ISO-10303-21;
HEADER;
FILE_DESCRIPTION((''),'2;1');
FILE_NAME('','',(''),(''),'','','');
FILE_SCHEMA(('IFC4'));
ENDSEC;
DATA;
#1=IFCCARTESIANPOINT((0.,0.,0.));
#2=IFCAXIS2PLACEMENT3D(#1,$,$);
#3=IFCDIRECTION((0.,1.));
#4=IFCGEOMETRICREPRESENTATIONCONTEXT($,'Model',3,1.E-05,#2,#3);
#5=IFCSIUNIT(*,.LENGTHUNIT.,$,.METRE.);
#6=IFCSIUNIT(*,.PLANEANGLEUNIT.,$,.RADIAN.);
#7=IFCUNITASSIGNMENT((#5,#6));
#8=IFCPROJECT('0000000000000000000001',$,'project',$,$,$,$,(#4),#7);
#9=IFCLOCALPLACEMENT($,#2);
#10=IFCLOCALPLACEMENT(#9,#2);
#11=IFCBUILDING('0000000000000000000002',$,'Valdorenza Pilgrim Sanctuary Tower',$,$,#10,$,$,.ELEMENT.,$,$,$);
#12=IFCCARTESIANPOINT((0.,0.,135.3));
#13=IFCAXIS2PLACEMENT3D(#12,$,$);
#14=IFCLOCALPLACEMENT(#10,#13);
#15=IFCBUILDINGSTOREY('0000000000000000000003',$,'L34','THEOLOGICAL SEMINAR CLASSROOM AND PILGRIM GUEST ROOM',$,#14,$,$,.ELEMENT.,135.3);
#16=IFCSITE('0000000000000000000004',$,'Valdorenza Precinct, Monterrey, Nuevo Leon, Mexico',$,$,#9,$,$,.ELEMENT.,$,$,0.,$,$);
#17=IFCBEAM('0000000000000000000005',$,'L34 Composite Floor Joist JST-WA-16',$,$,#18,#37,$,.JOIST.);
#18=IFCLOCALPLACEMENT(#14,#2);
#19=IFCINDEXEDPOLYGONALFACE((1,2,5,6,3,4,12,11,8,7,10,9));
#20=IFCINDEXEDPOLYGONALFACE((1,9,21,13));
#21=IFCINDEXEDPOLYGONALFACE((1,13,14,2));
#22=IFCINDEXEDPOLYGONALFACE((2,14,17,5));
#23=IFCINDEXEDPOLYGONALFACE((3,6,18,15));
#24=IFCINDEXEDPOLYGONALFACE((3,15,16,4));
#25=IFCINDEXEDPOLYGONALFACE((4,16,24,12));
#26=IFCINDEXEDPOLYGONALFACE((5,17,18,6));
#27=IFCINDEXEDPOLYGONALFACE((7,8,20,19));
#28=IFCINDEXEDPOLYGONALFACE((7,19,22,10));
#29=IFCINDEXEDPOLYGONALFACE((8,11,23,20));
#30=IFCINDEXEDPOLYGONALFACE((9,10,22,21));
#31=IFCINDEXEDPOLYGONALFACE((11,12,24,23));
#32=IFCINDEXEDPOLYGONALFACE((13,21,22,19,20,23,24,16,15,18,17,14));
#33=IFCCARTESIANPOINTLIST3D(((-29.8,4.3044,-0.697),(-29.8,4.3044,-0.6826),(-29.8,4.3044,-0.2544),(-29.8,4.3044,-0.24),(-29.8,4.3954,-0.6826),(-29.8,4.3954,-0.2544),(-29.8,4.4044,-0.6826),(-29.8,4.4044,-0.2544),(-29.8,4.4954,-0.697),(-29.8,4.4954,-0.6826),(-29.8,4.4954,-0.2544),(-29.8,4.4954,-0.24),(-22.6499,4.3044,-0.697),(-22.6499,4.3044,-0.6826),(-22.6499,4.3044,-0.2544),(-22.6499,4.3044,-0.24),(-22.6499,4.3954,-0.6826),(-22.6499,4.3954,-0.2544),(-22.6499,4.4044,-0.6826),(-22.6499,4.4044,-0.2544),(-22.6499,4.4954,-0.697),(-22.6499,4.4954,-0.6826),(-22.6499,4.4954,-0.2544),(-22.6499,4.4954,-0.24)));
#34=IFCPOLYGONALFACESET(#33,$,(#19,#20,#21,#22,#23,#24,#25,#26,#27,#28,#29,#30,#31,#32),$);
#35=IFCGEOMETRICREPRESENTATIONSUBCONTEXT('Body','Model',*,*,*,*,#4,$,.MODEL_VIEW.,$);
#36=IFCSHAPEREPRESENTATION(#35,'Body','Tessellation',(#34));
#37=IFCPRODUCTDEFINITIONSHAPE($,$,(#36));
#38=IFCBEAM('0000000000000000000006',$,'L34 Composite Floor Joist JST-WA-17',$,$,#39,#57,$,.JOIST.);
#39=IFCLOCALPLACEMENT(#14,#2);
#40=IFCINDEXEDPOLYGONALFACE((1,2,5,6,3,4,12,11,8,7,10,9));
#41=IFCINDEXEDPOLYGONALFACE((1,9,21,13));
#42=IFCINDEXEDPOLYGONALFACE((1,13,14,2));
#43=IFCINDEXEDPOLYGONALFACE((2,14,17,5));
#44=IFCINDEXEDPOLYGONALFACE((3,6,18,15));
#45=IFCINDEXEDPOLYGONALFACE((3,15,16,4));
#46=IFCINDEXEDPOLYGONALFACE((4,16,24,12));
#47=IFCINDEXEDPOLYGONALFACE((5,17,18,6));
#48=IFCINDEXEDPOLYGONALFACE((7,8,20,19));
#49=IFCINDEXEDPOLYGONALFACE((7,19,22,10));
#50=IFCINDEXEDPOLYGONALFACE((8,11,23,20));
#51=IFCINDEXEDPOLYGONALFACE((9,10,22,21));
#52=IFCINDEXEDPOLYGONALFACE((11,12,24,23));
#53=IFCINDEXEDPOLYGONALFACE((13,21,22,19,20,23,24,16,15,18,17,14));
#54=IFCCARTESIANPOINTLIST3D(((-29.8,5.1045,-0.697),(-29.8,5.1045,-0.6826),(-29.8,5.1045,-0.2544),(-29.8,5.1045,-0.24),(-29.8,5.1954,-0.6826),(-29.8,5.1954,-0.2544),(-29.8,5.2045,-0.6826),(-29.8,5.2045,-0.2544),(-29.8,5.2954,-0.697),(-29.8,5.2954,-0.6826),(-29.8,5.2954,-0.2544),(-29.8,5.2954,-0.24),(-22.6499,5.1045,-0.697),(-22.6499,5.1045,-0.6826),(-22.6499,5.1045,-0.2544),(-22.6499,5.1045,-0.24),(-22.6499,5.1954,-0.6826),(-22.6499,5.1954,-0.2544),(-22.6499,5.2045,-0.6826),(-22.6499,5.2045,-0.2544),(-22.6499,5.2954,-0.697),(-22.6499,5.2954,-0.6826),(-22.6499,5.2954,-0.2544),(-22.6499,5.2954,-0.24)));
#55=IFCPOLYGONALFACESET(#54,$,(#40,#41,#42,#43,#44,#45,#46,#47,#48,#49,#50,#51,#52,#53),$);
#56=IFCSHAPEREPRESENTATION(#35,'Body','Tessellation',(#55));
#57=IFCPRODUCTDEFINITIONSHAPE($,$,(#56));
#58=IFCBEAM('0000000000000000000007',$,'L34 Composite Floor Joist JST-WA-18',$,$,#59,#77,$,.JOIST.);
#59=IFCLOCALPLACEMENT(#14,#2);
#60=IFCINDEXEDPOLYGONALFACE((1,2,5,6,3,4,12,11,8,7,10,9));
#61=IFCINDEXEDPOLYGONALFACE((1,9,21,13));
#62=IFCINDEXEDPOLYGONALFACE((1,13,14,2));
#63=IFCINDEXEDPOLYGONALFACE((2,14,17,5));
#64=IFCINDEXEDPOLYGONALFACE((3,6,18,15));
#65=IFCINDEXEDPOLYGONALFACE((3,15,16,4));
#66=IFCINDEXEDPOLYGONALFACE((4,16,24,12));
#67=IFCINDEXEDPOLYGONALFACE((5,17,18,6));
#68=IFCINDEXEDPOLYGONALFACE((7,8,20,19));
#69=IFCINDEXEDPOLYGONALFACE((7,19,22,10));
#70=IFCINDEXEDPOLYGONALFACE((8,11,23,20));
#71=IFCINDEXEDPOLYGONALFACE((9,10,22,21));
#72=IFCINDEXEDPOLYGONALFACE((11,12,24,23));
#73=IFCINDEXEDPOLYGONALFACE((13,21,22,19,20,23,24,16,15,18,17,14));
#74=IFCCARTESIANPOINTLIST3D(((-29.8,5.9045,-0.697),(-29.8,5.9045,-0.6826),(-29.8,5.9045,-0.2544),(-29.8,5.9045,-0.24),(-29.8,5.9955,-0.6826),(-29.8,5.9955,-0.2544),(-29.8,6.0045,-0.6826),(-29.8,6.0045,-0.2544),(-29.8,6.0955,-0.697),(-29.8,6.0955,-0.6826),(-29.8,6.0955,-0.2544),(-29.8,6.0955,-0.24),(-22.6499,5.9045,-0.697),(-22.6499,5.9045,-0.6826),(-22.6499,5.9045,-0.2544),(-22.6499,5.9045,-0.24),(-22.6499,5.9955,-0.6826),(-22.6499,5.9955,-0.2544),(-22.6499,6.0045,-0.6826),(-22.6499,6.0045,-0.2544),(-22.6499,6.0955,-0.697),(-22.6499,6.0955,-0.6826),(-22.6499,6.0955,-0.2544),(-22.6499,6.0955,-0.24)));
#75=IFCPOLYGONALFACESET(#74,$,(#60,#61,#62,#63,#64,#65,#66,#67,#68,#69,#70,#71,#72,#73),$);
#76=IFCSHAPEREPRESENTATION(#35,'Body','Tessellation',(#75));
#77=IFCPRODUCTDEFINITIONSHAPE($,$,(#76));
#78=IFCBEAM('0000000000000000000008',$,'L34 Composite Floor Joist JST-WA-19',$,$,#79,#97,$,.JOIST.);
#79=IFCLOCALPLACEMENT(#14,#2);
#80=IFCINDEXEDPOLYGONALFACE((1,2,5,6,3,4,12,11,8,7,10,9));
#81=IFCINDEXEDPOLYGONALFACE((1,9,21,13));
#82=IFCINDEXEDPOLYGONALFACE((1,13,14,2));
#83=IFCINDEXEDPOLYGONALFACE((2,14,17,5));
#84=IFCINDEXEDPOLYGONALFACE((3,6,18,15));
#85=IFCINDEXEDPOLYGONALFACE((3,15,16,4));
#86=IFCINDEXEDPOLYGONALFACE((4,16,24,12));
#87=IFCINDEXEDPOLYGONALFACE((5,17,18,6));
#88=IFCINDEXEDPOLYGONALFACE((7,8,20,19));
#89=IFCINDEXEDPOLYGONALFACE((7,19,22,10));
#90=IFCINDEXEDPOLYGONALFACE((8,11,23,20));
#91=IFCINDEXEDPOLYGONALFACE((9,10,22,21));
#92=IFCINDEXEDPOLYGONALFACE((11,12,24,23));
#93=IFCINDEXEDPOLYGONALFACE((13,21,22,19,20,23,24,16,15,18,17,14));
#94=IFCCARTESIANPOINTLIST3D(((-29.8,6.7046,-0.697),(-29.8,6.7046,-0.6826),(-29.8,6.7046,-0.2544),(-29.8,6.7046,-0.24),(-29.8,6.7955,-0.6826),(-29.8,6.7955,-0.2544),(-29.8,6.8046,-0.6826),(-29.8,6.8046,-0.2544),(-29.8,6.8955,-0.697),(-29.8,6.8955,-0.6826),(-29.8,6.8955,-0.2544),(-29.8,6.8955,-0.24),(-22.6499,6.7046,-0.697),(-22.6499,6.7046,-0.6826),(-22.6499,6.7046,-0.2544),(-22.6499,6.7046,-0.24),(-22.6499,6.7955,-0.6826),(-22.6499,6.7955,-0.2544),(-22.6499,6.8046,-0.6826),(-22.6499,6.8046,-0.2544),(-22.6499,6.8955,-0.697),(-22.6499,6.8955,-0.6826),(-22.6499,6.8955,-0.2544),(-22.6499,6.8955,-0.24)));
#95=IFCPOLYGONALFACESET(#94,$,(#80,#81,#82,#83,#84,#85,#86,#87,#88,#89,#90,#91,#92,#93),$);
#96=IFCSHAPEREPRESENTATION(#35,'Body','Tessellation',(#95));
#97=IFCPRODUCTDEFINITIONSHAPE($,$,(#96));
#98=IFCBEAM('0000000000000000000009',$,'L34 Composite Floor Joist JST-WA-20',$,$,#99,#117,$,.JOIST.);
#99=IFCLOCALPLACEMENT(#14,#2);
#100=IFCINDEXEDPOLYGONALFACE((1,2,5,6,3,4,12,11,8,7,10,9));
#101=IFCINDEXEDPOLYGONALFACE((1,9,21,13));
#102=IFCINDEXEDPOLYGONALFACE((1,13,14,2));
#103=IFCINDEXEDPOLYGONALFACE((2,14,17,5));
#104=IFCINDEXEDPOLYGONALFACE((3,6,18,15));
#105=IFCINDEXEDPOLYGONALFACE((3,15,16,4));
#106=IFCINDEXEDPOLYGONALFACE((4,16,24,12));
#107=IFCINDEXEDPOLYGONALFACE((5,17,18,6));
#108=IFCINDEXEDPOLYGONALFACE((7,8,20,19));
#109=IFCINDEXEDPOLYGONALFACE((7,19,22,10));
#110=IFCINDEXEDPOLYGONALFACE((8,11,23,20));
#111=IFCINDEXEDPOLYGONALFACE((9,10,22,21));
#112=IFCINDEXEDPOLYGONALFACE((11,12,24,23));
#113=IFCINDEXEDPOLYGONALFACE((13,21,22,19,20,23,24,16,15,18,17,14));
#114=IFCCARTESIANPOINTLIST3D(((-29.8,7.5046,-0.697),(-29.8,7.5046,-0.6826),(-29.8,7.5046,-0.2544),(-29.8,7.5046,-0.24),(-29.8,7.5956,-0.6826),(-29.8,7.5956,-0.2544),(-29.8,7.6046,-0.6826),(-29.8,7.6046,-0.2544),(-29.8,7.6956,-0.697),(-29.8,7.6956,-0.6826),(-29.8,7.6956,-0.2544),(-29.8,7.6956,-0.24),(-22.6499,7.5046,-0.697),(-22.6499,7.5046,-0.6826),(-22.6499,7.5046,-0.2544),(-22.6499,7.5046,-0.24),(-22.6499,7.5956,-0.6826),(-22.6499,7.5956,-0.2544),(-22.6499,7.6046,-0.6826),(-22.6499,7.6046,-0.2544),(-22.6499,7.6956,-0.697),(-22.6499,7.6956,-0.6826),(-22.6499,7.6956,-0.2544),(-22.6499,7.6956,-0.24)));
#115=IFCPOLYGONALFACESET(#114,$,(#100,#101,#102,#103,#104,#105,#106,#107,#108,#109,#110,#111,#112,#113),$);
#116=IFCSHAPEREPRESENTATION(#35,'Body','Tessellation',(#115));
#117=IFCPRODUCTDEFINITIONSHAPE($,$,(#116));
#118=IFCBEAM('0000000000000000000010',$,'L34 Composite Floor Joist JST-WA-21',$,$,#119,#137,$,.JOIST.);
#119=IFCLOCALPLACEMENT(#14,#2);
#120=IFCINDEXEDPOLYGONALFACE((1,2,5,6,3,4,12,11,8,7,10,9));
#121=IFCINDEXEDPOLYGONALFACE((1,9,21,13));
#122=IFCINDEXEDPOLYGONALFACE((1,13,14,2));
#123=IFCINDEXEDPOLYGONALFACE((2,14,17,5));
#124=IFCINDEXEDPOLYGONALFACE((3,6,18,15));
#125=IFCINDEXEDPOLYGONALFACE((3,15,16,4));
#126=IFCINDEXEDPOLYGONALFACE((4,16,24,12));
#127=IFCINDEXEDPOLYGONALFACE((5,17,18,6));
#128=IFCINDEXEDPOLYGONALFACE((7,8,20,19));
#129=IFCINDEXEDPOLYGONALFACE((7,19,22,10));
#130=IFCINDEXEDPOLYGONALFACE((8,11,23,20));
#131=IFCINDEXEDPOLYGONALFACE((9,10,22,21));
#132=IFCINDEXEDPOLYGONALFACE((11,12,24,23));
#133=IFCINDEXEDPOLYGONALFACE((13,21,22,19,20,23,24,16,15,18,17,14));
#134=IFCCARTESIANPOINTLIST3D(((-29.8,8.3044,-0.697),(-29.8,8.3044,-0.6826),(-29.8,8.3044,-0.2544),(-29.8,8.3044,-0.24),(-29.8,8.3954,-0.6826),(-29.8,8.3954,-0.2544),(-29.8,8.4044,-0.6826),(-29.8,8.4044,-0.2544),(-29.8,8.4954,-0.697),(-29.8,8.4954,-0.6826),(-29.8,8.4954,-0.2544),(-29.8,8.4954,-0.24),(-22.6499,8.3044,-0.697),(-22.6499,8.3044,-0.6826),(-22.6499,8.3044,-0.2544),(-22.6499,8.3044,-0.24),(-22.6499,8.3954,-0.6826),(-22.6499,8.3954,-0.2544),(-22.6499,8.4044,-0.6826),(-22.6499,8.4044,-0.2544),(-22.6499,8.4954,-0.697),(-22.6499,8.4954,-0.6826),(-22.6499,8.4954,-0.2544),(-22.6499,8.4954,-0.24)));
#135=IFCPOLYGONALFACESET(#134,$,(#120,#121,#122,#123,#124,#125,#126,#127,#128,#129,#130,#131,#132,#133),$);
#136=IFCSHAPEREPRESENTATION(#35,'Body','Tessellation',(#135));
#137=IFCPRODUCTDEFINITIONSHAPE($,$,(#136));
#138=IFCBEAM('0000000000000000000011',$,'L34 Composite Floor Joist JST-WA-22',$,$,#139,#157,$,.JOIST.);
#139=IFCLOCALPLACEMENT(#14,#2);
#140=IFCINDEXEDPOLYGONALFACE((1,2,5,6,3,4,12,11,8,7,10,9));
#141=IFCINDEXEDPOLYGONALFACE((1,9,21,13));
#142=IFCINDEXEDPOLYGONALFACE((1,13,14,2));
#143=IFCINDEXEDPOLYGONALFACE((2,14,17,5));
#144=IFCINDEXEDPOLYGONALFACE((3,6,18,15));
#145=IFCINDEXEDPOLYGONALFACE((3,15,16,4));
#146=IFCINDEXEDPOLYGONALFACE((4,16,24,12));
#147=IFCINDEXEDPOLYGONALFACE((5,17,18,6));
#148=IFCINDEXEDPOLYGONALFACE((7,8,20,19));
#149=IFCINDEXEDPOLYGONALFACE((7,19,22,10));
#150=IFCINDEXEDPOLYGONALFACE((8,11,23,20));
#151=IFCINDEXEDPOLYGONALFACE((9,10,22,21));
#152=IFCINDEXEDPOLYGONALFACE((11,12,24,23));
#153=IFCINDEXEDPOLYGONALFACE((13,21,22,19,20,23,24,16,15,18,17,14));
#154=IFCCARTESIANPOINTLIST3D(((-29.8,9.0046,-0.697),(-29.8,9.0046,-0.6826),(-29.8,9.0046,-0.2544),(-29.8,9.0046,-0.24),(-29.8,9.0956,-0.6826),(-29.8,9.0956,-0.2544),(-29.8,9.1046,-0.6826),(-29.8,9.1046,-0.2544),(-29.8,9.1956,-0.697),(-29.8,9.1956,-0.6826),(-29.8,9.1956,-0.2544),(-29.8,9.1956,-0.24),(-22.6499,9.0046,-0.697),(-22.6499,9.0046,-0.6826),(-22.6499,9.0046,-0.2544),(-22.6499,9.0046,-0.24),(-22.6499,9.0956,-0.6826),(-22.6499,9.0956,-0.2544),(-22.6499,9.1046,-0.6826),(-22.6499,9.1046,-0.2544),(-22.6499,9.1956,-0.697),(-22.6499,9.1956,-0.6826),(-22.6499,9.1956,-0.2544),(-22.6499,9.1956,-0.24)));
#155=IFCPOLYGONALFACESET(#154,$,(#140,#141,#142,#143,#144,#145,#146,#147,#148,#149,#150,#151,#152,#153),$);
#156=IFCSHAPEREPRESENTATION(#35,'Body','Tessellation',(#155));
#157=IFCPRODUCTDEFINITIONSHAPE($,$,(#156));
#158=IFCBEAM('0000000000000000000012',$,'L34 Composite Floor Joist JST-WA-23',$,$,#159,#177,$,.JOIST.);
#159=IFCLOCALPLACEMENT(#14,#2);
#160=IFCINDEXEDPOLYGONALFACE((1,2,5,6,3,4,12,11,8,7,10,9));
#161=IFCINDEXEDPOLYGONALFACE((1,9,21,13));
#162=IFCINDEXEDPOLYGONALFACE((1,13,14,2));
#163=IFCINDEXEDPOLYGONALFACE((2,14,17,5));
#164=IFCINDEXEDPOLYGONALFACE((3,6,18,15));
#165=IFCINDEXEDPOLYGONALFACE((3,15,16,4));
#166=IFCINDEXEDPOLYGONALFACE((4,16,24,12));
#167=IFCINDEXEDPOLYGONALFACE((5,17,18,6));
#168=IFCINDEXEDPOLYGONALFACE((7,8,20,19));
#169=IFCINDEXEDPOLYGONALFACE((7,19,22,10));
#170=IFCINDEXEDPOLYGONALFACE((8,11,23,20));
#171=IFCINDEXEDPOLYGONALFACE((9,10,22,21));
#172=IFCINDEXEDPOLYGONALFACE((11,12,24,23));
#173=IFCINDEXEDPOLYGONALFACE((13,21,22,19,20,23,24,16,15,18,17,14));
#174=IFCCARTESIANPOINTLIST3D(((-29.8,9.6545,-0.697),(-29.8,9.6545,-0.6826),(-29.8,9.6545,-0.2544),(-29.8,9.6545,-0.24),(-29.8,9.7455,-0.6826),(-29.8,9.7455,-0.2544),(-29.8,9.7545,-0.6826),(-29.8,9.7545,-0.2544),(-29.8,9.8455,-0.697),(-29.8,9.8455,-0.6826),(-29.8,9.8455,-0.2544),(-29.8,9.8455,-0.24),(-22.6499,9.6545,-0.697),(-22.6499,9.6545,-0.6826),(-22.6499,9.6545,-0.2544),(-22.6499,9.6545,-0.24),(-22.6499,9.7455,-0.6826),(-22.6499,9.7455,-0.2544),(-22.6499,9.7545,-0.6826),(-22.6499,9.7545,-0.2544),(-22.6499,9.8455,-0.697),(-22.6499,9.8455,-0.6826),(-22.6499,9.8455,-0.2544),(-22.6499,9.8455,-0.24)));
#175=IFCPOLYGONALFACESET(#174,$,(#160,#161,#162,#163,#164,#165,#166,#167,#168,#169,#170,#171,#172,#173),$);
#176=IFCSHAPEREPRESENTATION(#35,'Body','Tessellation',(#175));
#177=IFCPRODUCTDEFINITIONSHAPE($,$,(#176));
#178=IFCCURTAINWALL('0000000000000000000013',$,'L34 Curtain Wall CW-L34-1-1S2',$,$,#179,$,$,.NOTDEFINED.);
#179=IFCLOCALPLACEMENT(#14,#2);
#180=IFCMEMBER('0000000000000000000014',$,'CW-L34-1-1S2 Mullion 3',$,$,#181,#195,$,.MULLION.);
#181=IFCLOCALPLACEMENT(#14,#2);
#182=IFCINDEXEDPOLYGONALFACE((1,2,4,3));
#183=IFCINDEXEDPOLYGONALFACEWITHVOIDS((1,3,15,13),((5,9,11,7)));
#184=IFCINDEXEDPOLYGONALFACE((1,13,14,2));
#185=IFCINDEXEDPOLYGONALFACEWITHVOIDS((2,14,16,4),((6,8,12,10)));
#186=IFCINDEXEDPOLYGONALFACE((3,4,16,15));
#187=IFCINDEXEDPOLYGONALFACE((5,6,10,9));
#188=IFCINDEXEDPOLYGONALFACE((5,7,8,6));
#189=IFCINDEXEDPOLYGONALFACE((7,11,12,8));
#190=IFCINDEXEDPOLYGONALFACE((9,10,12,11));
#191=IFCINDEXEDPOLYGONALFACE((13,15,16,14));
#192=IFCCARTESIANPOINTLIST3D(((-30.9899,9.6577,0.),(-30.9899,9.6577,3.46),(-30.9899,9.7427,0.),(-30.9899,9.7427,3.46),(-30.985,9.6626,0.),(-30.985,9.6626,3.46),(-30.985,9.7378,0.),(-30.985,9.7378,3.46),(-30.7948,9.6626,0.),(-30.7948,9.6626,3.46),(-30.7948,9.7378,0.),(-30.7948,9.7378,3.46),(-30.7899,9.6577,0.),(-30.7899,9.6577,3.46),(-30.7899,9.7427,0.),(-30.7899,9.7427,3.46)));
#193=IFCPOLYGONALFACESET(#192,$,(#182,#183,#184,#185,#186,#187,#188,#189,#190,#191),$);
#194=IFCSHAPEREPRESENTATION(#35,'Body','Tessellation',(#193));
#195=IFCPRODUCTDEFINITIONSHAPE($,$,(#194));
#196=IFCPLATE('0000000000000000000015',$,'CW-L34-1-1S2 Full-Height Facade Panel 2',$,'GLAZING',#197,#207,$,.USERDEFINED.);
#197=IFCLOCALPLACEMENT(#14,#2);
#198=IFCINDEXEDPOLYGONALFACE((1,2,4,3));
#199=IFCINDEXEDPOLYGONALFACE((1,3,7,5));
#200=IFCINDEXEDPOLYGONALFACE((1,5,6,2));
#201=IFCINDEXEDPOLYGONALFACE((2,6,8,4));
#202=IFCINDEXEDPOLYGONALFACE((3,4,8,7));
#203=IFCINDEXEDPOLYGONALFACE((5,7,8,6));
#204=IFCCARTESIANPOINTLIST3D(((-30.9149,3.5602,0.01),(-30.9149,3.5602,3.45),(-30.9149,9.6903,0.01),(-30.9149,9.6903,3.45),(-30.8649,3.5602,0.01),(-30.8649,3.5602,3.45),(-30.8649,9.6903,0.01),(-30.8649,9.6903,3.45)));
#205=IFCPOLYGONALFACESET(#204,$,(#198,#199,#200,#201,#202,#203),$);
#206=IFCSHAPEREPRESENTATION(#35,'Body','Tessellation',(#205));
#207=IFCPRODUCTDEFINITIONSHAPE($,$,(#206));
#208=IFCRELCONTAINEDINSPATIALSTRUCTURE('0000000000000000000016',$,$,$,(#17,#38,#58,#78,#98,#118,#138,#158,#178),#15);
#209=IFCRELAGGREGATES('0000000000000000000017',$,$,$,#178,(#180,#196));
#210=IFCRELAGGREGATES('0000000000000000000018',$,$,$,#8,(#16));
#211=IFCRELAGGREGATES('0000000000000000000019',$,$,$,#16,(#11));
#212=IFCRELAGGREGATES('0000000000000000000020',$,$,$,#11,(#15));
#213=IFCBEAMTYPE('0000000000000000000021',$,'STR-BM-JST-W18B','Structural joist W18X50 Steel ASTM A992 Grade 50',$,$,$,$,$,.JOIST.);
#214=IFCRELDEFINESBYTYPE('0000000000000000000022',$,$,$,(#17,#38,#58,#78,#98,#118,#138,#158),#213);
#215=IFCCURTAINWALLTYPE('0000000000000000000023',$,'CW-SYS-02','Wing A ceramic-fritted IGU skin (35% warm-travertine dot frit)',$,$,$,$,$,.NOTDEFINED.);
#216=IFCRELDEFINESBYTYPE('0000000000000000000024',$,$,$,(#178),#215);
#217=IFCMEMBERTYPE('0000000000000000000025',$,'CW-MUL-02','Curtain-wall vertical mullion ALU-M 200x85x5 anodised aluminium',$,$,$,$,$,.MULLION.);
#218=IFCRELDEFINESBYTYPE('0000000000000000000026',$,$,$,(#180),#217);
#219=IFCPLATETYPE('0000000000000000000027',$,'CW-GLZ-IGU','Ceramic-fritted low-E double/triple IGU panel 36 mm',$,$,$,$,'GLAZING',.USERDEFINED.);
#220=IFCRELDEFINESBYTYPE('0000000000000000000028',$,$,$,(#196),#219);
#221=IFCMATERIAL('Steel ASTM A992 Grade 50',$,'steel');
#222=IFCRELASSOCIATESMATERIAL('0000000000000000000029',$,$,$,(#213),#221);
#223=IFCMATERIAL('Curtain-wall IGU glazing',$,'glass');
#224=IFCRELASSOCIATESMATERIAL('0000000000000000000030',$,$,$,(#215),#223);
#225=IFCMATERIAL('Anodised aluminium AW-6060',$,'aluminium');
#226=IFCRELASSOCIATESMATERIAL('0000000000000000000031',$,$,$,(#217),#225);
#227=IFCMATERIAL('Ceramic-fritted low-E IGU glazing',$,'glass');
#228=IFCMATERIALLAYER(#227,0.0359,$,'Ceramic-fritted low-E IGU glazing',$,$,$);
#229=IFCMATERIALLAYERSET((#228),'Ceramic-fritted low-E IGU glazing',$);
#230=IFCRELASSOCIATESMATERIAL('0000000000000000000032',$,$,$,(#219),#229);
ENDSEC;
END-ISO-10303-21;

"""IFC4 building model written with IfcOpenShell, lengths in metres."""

from ifc_helpers import new_model, si_unit, direction, frame, origin, origin_2d, place, context, subcontext, project, spatial, rectangle, hollow_rectangle, i_section, extrude, source, transform, mapped, material, layer, layer_set, material_profile, profile_set, type_object, element, aggregate, save


model = new_model("IFC4")

# Units and contexts
model_context = context("Model", 3, precision=1e-05, world=origin(), true_north=direction((0.0, 1.0)))
body_context = subcontext(model_context, "Body", "Model", "MODEL_VIEW")
ifc_project = project(units=[si_unit("LENGTHUNIT", "METRE"), si_unit("PLANEANGLEUNIT", "RADIAN")], contexts=[model_context])

# Site, building, storey
site_placement = place(None, origin())
site = spatial("IfcSite", under=ifc_project, at=site_placement, Name="Valdorenza Precinct, Monterrey, Nuevo Leon, Mexico", CompositionType="ELEMENT", RefElevation=0.0)
building_placement = place(site_placement, origin())
building = spatial("IfcBuilding", under=site, at=building_placement, Name="Valdorenza Pilgrim Sanctuary Tower", CompositionType="ELEMENT")
storey_placement = place(building_placement, frame((0.0, 0.0, 135.3)))
storey = spatial("IfcBuildingStorey", under=building, at=storey_placement, Name="L34", Description="THEOLOGICAL SEMINAR CLASSROOM AND PILGRIM GUEST ROOM", CompositionType="ELEMENT", Elevation=135.3)

# Beams
ifc_material_1 = material(Name="Steel ASTM A992 Grade 50", Category="steel")
ifc_material_profile_1 = material_profile(ifc_material_1, i_section(OverallWidth=0.1909, OverallDepth=0.457, WebThickness=0.009, FlangeThickness=0.0144, at=origin_2d()), Name="W18X50")
ifc_profile_set_1 = profile_set([ifc_material_profile_1], Name="Steel ASTM A992 Grade 50")
beam_type = type_object("IfcBeamType", Name="STR-BM-JST-W18B", Description="Structural joist W18X50 Steel ASTM A992 Grade 50", PredefinedType="JOIST", material=ifc_profile_set_1)
shared_shape_1 = source(origin(), body_context, "Body", "SweptSolid", [
    extrude(i_section(OverallWidth=0.1909, OverallDepth=0.457, WebThickness=0.009, FlangeThickness=0.0144, at=origin_2d()), origin(), (0.0, 0.0, 1.0), 7.1501),
])
for number, where, z_axis, x_axis, name in (
    (1, (-29.8, 4.3999, -0.4685), (1.0, 0.0, 0.0), (0.0, 1.0, 0.0), "L34 Composite Floor Joist JST-WA-16"),
    (2, (-29.8, 5.2, -0.4685), (1.0, 0.0, 0.0), (0.0, 1.0, 0.0), "L34 Composite Floor Joist JST-WA-17"),
    (3, (-29.8, 6.0, -0.4685), (1.0, 0.0, 0.0), (0.0, 1.0, 0.0), "L34 Composite Floor Joist JST-WA-18"),
    (4, (-29.8, 6.8, -0.4685), (1.0, 0.0, 0.0), (0.0, 1.0, 0.0), "L34 Composite Floor Joist JST-WA-19"),
    (5, (-29.8, 7.6001, -0.4685), (1.0, 0.0, 0.0), (0.0, 1.0, 0.0), "L34 Composite Floor Joist JST-WA-20"),
    (6, (-29.8, 8.3999, -0.4685), (1.0, 0.0, 0.0), (0.0, 1.0, 0.0), "L34 Composite Floor Joist JST-WA-21"),
    (7, (-29.8, 9.1001, -0.4685), (1.0, 0.0, 0.0), (0.0, 1.0, 0.0), "L34 Composite Floor Joist JST-WA-22"),
    (8, (-29.8, 9.75, -0.4685), (1.0, 0.0, 0.0), (0.0, 1.0, 0.0), "L34 Composite Floor Joist JST-WA-23"),
):
    element("IfcBeam", number, at=place(storey_placement, frame(where, z_axis=z_axis, x_axis=x_axis)), inside=storey, type_object=beam_type, Name=name, PredefinedType="JOIST", context=body_context, shape_type="MappedRepresentation", body=[
        mapped(shared_shape_1, transform((0.0, 0.0, 0.0), x_axis=(1.0, 0.0, 0.0), y_axis=(0.0, 1.0, 0.0), z_axis=(0.0, 0.0, 1.0), scale=1.0)),
    ])

# Curtain wall, member, plate
ifc_material_2 = material(Name="Curtain-wall IGU glazing", Category="glass")
curtain_wall_type = type_object("IfcCurtainWallType", Name="CW-SYS-02", Description="Wing A ceramic-fritted IGU skin (35% warm-travertine dot frit)", PredefinedType="NOTDEFINED", material=ifc_material_2)
curtain_wall_placement = place(storey_placement, origin())
curtain_wall = element("IfcCurtainWall", 9, at=curtain_wall_placement, inside=storey, type_object=curtain_wall_type, Name="L34 Curtain Wall CW-L34-1-1S2", PredefinedType="NOTDEFINED")
ifc_material_3 = material(Name="Anodised aluminium AW-6060", Category="aluminium")
ifc_material_profile_2 = material_profile(ifc_material_3, hollow_rectangle(XDim=0.085, YDim=0.2, WallThickness=0.0049, at=origin_2d()), Name="ALU-M 200x85x5")
ifc_profile_set_2 = profile_set([ifc_material_profile_2], Name="Anodised aluminium AW-6060")
member_type = type_object("IfcMemberType", Name="CW-MUL-02", Description="Curtain-wall vertical mullion ALU-M 200x85x5 anodised aluminium", PredefinedType="MULLION", material=ifc_profile_set_2)
shared_shape_2 = source(origin(), body_context, "Body", "SweptSolid", [
    extrude(hollow_rectangle(XDim=0.085, YDim=0.2, WallThickness=0.0049, at=origin_2d()), origin(), (0.0, 0.0, 1.0), 3.46),
])
member_placement = place(storey_placement, frame((-30.8899, 9.7002, 0.0), z_axis=(0.0, 0.0, 1.0), x_axis=(0.0, 1.0, 0.0)))
member = element("IfcMember", 10, at=member_placement, type_object=member_type, Name="CW-L34-1-1S2 Mullion 3", PredefinedType="MULLION", context=body_context, shape_type="MappedRepresentation", body=[
    mapped(shared_shape_2, transform((0.0, 0.0, 0.0), x_axis=(1.0, 0.0, 0.0), y_axis=(0.0, 1.0, 0.0), z_axis=(0.0, 0.0, 1.0), scale=1.0)),
])
ifc_material_4 = material(Name="Ceramic-fritted low-E IGU glazing", Category="glass")
ifc_layer_1 = layer(ifc_material_4, 0.0359, Name="Ceramic-fritted low-E IGU glazing")
ifc_layer_set_1 = layer_set([ifc_layer_1], Name="Ceramic-fritted low-E IGU glazing")
plate_type = type_object("IfcPlateType", Name="CW-GLZ-IGU", Description="Ceramic-fritted low-E double/triple IGU panel 36 mm", ElementType="GLAZING", PredefinedType="USERDEFINED", material=ifc_layer_set_1)
shared_shape_3 = source(origin(), body_context, "Body", "SweptSolid", [
    extrude(rectangle(XDim=6.1301, YDim=0.05, at=origin_2d()), origin(), (0.0, 0.0, 1.0), 3.4399),
])
plate_placement = place(storey_placement, frame((-30.8899, 6.6252, 0.01), z_axis=(0.0, 0.0, 1.0), x_axis=(0.0, 1.0, 0.0)))
plate = element("IfcPlate", 11, at=plate_placement, type_object=plate_type, Name="CW-L34-1-1S2 Full-Height Facade Panel 2", ObjectType="GLAZING", PredefinedType="USERDEFINED", context=body_context, shape_type="MappedRepresentation", body=[
    mapped(shared_shape_3, transform((0.0, 0.0, 0.0), x_axis=(1.0, 0.0, 0.0), y_axis=(0.0, 1.0, 0.0), z_axis=(0.0, 0.0, 1.0), scale=1.0)),
])
aggregate(curtain_wall, [member, plate])

save(model, "model.ifc")
